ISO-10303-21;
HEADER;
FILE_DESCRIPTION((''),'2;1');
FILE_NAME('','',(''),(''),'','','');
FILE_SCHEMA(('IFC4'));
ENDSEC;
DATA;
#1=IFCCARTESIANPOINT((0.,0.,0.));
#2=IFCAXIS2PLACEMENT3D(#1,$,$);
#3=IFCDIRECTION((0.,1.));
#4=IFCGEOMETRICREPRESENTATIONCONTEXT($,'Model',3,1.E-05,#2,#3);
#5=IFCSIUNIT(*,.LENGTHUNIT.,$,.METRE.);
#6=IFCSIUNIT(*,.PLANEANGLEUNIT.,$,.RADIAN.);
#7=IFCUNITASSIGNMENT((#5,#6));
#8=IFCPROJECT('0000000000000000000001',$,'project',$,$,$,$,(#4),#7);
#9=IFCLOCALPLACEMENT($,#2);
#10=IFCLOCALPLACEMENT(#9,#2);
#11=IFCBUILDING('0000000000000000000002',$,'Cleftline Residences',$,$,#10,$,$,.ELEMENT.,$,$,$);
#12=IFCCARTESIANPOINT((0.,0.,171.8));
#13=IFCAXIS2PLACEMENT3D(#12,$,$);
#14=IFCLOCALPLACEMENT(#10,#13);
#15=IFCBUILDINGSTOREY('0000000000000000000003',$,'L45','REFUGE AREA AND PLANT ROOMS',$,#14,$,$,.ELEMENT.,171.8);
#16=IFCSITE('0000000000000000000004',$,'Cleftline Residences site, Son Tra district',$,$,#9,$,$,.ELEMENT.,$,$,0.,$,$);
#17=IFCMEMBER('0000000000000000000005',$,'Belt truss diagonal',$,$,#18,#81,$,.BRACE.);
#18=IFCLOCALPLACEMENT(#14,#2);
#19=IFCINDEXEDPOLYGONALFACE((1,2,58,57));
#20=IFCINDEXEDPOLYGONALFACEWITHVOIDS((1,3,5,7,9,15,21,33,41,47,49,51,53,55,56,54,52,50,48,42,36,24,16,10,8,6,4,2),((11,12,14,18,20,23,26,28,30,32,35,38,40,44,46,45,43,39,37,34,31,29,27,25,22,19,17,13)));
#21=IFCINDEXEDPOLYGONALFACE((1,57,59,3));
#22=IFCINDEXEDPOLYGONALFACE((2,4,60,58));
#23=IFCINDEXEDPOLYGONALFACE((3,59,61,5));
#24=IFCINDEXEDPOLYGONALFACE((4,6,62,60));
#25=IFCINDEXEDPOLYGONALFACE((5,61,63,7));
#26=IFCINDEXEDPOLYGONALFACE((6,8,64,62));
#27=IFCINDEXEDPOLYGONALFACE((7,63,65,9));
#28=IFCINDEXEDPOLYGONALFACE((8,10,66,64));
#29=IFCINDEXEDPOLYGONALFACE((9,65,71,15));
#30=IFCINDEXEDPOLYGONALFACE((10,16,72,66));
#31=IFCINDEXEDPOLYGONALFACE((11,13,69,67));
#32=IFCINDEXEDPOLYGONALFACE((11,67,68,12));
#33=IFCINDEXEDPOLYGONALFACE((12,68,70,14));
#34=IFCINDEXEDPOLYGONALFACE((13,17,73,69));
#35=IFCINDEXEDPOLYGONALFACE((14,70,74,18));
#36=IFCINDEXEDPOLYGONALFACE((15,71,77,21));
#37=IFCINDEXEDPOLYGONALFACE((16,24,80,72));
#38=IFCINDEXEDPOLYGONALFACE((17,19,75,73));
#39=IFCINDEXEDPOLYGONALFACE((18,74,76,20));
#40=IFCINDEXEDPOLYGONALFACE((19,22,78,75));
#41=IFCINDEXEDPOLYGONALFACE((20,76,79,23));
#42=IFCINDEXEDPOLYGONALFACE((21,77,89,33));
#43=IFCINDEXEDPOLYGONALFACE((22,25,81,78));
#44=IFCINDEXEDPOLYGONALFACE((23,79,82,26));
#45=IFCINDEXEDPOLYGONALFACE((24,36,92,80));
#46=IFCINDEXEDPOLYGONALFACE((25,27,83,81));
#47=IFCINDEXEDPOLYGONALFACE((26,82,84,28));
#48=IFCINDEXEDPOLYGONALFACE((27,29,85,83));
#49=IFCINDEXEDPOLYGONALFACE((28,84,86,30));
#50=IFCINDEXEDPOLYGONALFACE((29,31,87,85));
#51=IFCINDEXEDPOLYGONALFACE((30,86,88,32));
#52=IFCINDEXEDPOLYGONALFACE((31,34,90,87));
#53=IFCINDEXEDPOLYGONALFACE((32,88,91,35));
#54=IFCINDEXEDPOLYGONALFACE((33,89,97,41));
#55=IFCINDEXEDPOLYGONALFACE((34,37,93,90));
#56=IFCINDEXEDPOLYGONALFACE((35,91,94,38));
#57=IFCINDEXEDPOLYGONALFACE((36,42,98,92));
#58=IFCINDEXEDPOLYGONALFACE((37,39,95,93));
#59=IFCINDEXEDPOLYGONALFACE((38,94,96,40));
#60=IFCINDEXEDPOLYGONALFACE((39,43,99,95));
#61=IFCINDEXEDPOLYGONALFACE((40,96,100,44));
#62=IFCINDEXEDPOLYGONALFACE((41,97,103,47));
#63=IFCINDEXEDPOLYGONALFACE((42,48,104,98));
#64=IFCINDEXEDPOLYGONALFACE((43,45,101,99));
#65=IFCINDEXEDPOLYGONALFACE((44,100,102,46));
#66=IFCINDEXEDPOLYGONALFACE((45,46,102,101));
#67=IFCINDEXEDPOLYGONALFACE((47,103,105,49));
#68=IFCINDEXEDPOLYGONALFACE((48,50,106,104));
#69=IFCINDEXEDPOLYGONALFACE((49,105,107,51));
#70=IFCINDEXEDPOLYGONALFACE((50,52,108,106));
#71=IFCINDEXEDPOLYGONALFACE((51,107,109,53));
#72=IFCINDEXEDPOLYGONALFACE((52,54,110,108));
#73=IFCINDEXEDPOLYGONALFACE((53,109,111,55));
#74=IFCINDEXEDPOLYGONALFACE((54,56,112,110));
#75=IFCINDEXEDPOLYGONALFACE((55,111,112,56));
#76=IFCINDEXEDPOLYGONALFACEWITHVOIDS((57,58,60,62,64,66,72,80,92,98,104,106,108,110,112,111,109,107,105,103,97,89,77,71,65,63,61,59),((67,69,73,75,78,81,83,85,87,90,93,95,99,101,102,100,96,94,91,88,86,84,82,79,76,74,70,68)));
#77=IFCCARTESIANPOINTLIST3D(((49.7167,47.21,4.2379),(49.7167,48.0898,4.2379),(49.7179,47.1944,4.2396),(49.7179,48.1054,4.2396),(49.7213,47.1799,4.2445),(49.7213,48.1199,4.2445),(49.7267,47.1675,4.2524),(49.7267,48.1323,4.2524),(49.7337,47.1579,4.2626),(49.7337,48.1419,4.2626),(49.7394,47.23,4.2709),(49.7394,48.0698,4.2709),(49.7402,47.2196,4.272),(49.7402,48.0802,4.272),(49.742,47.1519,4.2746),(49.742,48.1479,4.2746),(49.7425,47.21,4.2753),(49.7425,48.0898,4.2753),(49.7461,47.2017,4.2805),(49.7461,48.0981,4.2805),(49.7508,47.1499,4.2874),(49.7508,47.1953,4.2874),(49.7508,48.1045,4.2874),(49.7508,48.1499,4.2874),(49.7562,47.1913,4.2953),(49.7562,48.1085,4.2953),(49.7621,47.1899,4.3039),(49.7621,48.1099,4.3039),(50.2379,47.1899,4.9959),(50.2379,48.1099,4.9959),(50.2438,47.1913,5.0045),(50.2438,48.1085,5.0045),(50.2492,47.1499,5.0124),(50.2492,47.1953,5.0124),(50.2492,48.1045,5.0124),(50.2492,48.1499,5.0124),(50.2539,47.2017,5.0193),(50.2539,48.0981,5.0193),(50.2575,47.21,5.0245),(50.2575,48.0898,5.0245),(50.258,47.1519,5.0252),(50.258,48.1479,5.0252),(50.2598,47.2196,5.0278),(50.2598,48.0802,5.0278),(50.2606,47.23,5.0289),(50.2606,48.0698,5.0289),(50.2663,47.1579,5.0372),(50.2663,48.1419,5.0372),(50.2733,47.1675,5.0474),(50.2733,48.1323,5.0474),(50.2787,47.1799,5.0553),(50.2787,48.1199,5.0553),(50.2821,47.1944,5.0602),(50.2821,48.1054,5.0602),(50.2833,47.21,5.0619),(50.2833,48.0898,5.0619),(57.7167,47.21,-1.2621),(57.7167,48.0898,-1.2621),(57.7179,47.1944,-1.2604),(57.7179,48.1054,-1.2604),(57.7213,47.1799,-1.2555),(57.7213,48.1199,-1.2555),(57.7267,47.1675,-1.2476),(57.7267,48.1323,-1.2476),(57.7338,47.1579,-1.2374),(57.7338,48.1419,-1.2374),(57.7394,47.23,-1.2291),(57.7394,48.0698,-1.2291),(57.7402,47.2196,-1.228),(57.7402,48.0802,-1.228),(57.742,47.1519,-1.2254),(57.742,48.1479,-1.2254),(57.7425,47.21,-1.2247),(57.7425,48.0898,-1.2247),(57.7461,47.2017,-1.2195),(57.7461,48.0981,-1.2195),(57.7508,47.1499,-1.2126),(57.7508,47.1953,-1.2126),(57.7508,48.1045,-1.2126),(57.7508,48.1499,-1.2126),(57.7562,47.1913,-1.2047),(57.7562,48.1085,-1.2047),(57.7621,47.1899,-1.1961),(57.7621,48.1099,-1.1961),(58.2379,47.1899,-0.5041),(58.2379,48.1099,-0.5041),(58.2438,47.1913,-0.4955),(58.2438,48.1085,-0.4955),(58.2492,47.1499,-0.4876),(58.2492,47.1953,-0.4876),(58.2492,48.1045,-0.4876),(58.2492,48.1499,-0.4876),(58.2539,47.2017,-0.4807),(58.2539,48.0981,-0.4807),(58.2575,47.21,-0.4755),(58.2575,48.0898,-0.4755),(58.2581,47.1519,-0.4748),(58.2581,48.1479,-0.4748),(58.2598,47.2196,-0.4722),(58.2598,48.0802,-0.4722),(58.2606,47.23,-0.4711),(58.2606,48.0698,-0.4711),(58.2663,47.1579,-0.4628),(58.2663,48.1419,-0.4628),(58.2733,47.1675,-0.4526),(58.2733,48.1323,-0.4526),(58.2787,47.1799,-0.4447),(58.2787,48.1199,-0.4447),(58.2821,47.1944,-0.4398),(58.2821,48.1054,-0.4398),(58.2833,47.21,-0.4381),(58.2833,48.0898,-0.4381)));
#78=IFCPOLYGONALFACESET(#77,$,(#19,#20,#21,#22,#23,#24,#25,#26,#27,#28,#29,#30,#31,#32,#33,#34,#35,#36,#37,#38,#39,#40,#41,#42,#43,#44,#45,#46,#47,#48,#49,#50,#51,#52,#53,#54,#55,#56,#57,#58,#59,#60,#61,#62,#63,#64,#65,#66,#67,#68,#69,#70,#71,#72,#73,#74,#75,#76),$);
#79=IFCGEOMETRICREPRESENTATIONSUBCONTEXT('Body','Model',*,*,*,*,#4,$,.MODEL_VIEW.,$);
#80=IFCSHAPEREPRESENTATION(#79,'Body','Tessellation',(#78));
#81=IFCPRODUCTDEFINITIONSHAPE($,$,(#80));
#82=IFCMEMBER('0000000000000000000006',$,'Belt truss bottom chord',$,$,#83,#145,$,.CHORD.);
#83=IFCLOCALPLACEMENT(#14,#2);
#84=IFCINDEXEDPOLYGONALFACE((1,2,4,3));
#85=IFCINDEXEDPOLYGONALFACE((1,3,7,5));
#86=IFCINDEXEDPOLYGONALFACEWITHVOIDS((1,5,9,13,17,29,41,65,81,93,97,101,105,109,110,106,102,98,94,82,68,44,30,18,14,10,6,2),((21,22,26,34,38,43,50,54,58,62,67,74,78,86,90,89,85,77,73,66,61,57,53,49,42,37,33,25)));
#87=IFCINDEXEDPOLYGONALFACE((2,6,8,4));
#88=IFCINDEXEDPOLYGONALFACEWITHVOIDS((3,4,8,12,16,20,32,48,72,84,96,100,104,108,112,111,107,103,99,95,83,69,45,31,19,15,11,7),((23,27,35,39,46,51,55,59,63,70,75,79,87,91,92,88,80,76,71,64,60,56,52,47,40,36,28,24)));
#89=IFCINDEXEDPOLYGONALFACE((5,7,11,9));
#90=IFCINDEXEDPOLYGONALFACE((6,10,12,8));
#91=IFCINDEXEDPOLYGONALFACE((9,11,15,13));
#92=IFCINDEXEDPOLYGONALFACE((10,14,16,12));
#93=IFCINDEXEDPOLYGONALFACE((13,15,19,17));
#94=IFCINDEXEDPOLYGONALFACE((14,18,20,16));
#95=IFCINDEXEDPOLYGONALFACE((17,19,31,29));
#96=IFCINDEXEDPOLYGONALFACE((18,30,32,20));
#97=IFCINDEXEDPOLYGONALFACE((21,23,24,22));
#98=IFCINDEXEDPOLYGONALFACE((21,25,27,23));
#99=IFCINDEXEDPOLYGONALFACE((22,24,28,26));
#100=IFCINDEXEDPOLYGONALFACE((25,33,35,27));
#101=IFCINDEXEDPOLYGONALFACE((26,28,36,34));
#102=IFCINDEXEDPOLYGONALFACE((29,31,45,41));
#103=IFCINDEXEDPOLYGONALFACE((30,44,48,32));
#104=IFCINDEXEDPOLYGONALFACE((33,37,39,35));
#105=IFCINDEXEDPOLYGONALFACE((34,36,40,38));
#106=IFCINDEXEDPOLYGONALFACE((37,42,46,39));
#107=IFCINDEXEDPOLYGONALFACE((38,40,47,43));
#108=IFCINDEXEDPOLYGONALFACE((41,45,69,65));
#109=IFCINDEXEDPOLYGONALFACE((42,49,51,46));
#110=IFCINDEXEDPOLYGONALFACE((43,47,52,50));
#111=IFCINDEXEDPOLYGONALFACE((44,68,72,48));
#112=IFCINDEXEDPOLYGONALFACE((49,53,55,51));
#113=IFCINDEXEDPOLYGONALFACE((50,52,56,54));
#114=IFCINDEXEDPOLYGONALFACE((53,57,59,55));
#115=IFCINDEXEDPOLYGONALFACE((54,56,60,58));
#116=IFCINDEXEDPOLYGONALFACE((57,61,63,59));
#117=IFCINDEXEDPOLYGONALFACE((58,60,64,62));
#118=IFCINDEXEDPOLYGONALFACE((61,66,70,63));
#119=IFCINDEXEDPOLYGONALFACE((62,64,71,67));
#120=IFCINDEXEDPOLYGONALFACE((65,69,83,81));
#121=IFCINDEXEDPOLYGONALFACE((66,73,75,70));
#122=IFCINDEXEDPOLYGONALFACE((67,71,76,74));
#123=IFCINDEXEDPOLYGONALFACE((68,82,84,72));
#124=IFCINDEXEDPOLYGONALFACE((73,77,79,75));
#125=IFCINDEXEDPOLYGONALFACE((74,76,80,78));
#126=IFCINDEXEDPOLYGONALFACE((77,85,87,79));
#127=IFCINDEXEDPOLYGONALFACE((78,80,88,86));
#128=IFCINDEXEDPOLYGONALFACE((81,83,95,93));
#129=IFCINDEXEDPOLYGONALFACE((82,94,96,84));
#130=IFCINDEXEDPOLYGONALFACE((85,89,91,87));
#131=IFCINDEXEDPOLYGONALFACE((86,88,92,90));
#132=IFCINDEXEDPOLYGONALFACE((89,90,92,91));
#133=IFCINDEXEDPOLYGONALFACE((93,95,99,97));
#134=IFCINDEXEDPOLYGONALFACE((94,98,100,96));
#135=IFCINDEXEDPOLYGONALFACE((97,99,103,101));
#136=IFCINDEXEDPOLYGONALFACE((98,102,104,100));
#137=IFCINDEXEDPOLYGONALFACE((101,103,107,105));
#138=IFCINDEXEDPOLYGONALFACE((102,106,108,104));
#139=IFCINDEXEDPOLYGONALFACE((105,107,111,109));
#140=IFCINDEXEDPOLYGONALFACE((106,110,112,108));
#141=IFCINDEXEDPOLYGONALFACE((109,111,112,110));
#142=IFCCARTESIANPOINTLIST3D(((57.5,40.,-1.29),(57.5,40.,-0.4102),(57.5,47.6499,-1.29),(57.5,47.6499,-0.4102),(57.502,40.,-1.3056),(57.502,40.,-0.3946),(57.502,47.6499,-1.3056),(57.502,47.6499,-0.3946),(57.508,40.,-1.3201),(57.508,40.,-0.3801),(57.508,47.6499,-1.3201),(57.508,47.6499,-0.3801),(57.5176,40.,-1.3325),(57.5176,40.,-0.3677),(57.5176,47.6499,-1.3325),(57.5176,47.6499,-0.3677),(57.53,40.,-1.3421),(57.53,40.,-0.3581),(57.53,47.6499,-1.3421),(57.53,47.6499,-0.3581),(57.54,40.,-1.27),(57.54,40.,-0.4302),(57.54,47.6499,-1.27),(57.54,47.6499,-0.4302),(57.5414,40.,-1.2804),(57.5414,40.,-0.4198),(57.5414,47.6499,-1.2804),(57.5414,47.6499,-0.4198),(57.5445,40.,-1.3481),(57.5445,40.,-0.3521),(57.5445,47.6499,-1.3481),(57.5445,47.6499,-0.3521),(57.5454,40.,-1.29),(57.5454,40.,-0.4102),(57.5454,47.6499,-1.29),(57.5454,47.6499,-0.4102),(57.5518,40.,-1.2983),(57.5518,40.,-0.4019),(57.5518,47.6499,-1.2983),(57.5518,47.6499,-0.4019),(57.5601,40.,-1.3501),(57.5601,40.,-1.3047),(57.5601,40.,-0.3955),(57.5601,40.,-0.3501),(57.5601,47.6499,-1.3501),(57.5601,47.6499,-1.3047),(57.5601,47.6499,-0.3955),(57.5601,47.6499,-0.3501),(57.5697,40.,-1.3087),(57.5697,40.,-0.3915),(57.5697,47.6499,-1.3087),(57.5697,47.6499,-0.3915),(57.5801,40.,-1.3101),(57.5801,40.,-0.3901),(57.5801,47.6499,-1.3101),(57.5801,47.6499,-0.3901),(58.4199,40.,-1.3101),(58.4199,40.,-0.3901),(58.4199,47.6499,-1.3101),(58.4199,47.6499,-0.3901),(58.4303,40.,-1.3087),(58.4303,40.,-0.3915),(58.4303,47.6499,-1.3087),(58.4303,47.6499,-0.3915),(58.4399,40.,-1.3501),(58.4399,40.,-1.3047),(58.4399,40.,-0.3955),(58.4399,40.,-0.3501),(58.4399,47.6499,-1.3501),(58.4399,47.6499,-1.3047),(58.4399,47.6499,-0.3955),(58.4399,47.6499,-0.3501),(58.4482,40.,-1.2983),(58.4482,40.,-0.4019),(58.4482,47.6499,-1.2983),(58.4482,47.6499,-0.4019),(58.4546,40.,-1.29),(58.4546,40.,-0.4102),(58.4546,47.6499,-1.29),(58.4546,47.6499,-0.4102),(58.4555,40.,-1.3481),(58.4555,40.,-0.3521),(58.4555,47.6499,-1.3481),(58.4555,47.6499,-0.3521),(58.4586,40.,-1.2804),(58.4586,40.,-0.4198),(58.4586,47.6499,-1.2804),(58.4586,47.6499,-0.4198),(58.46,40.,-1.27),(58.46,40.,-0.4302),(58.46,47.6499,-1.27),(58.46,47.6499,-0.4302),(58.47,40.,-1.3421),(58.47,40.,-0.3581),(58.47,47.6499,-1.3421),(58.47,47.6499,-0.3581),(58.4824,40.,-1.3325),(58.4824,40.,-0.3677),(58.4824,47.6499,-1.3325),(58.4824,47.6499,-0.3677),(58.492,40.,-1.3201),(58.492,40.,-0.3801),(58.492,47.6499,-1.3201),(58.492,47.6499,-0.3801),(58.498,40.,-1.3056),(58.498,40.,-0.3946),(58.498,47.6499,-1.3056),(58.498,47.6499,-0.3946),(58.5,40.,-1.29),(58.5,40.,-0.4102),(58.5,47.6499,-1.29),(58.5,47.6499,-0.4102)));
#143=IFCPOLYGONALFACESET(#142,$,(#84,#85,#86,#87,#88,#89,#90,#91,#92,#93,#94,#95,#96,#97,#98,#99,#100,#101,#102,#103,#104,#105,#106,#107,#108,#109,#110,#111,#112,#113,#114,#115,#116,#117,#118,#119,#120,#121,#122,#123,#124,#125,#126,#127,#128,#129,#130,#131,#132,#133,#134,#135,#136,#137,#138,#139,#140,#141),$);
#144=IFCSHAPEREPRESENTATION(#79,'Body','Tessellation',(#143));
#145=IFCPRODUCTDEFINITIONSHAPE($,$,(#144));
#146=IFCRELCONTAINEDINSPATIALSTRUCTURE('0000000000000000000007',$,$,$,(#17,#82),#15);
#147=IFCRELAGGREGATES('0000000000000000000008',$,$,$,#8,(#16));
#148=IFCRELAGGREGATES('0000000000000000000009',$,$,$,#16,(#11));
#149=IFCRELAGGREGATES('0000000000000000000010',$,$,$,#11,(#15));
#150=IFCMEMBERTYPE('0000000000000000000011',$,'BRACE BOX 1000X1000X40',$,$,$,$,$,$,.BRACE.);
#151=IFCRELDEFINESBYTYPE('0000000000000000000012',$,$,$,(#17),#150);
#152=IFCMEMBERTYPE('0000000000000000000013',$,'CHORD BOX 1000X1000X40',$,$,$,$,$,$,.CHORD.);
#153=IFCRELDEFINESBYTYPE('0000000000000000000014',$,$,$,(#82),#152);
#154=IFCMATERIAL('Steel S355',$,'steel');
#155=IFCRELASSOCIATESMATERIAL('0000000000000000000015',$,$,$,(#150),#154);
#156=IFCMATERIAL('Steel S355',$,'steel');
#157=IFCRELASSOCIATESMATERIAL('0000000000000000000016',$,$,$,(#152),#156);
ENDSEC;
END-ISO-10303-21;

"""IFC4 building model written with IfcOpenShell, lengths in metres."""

from ifc_helpers import new_model, si_unit, direction, frame, origin, origin_2d, place, context, subcontext, project, spatial, hollow_rectangle, extrude, material, material_profile, profile_set, type_object, element, save


model = new_model("IFC4")

# Units and contexts
model_context = context("Model", 3, precision=1e-05, world=origin(), true_north=direction((0.0, 1.0)))
body_context = subcontext(model_context, "Body", "Model", "MODEL_VIEW")
ifc_project = project(units=[si_unit("LENGTHUNIT", "METRE"), si_unit("PLANEANGLEUNIT", "RADIAN")], contexts=[model_context])

# Site, building, storey
site_placement = place(None, origin())
site = spatial("IfcSite", under=ifc_project, at=site_placement, Name="Cleftline Residences site, Son Tra district", CompositionType="ELEMENT", RefElevation=0.0)
building_placement = place(site_placement, origin())
building = spatial("IfcBuilding", under=site, at=building_placement, Name="Cleftline Residences", CompositionType="ELEMENT")
storey_placement = place(building_placement, frame((0.0, 0.0, 171.8)))
storey = spatial("IfcBuildingStorey", under=building, at=storey_placement, Name="L45", Description="REFUGE AREA AND PLANT ROOMS", CompositionType="ELEMENT", Elevation=171.8)

# Members
ifc_material_1 = material(Name="Steel S355", Category="steel")
ifc_material_profile_1 = material_profile(ifc_material_1, hollow_rectangle(XDim=1.0, YDim=1.0, WallThickness=0.04, InnerFilletRadius=0.04, OuterFilletRadius=0.0601, at=origin_2d()))
ifc_profile_set_1 = profile_set([ifc_material_profile_1], Name="Steel S355")
member_type_1 = type_object("IfcMemberType", Name="BRACE BOX 1000X1000X40", PredefinedType="BRACE", material=ifc_profile_set_1)
for number, where, z_axis, x_axis, name in (
    (1, (50.0, 47.6499, 4.6499), (0.824042, 0.0, -0.566529), (0.566529, 0.0, 0.824042), "Belt truss diagonal"),
):
    element("IfcMember", number, at=place(storey_placement, frame(where, z_axis=z_axis, x_axis=x_axis)), inside=storey, type_object=member_type_1, Name=name, PredefinedType="BRACE", context=body_context, shape_type="SweptSolid", body=[
        extrude(hollow_rectangle(XDim=1.0, YDim=1.0, WallThickness=0.04, InnerFilletRadius=0.04, OuterFilletRadius=0.0601, at=origin_2d()), origin(), (0.0, 0.0, 1.0), 9.7083),
    ])
ifc_material_2 = material(Name="Steel S355", Category="steel")
ifc_material_profile_2 = material_profile(ifc_material_2, hollow_rectangle(XDim=1.0, YDim=1.0, WallThickness=0.04, InnerFilletRadius=0.04, OuterFilletRadius=0.0601, at=origin_2d()))
ifc_profile_set_2 = profile_set([ifc_material_profile_2], Name="Steel S355")
member_type_2 = type_object("IfcMemberType", Name="CHORD BOX 1000X1000X40", PredefinedType="CHORD", material=ifc_profile_set_2)
for number, where, z_axis, x_axis, name in (
    (2, (58.0, 40.0, -0.8501), (0.0, 1.0, 0.0), (-1.0, 0.0, 0.0), "Belt truss bottom chord"),
):
    element("IfcMember", number, at=place(storey_placement, frame(where, z_axis=z_axis, x_axis=x_axis)), inside=storey, type_object=member_type_2, Name=name, PredefinedType="CHORD", context=body_context, shape_type="SweptSolid", body=[
        extrude(hollow_rectangle(XDim=1.0, YDim=1.0, WallThickness=0.04, InnerFilletRadius=0.04, OuterFilletRadius=0.0601, at=origin_2d()), origin(), (0.0, 0.0, 1.0), 7.6499),
    ])

save(model, "model.ifc")
